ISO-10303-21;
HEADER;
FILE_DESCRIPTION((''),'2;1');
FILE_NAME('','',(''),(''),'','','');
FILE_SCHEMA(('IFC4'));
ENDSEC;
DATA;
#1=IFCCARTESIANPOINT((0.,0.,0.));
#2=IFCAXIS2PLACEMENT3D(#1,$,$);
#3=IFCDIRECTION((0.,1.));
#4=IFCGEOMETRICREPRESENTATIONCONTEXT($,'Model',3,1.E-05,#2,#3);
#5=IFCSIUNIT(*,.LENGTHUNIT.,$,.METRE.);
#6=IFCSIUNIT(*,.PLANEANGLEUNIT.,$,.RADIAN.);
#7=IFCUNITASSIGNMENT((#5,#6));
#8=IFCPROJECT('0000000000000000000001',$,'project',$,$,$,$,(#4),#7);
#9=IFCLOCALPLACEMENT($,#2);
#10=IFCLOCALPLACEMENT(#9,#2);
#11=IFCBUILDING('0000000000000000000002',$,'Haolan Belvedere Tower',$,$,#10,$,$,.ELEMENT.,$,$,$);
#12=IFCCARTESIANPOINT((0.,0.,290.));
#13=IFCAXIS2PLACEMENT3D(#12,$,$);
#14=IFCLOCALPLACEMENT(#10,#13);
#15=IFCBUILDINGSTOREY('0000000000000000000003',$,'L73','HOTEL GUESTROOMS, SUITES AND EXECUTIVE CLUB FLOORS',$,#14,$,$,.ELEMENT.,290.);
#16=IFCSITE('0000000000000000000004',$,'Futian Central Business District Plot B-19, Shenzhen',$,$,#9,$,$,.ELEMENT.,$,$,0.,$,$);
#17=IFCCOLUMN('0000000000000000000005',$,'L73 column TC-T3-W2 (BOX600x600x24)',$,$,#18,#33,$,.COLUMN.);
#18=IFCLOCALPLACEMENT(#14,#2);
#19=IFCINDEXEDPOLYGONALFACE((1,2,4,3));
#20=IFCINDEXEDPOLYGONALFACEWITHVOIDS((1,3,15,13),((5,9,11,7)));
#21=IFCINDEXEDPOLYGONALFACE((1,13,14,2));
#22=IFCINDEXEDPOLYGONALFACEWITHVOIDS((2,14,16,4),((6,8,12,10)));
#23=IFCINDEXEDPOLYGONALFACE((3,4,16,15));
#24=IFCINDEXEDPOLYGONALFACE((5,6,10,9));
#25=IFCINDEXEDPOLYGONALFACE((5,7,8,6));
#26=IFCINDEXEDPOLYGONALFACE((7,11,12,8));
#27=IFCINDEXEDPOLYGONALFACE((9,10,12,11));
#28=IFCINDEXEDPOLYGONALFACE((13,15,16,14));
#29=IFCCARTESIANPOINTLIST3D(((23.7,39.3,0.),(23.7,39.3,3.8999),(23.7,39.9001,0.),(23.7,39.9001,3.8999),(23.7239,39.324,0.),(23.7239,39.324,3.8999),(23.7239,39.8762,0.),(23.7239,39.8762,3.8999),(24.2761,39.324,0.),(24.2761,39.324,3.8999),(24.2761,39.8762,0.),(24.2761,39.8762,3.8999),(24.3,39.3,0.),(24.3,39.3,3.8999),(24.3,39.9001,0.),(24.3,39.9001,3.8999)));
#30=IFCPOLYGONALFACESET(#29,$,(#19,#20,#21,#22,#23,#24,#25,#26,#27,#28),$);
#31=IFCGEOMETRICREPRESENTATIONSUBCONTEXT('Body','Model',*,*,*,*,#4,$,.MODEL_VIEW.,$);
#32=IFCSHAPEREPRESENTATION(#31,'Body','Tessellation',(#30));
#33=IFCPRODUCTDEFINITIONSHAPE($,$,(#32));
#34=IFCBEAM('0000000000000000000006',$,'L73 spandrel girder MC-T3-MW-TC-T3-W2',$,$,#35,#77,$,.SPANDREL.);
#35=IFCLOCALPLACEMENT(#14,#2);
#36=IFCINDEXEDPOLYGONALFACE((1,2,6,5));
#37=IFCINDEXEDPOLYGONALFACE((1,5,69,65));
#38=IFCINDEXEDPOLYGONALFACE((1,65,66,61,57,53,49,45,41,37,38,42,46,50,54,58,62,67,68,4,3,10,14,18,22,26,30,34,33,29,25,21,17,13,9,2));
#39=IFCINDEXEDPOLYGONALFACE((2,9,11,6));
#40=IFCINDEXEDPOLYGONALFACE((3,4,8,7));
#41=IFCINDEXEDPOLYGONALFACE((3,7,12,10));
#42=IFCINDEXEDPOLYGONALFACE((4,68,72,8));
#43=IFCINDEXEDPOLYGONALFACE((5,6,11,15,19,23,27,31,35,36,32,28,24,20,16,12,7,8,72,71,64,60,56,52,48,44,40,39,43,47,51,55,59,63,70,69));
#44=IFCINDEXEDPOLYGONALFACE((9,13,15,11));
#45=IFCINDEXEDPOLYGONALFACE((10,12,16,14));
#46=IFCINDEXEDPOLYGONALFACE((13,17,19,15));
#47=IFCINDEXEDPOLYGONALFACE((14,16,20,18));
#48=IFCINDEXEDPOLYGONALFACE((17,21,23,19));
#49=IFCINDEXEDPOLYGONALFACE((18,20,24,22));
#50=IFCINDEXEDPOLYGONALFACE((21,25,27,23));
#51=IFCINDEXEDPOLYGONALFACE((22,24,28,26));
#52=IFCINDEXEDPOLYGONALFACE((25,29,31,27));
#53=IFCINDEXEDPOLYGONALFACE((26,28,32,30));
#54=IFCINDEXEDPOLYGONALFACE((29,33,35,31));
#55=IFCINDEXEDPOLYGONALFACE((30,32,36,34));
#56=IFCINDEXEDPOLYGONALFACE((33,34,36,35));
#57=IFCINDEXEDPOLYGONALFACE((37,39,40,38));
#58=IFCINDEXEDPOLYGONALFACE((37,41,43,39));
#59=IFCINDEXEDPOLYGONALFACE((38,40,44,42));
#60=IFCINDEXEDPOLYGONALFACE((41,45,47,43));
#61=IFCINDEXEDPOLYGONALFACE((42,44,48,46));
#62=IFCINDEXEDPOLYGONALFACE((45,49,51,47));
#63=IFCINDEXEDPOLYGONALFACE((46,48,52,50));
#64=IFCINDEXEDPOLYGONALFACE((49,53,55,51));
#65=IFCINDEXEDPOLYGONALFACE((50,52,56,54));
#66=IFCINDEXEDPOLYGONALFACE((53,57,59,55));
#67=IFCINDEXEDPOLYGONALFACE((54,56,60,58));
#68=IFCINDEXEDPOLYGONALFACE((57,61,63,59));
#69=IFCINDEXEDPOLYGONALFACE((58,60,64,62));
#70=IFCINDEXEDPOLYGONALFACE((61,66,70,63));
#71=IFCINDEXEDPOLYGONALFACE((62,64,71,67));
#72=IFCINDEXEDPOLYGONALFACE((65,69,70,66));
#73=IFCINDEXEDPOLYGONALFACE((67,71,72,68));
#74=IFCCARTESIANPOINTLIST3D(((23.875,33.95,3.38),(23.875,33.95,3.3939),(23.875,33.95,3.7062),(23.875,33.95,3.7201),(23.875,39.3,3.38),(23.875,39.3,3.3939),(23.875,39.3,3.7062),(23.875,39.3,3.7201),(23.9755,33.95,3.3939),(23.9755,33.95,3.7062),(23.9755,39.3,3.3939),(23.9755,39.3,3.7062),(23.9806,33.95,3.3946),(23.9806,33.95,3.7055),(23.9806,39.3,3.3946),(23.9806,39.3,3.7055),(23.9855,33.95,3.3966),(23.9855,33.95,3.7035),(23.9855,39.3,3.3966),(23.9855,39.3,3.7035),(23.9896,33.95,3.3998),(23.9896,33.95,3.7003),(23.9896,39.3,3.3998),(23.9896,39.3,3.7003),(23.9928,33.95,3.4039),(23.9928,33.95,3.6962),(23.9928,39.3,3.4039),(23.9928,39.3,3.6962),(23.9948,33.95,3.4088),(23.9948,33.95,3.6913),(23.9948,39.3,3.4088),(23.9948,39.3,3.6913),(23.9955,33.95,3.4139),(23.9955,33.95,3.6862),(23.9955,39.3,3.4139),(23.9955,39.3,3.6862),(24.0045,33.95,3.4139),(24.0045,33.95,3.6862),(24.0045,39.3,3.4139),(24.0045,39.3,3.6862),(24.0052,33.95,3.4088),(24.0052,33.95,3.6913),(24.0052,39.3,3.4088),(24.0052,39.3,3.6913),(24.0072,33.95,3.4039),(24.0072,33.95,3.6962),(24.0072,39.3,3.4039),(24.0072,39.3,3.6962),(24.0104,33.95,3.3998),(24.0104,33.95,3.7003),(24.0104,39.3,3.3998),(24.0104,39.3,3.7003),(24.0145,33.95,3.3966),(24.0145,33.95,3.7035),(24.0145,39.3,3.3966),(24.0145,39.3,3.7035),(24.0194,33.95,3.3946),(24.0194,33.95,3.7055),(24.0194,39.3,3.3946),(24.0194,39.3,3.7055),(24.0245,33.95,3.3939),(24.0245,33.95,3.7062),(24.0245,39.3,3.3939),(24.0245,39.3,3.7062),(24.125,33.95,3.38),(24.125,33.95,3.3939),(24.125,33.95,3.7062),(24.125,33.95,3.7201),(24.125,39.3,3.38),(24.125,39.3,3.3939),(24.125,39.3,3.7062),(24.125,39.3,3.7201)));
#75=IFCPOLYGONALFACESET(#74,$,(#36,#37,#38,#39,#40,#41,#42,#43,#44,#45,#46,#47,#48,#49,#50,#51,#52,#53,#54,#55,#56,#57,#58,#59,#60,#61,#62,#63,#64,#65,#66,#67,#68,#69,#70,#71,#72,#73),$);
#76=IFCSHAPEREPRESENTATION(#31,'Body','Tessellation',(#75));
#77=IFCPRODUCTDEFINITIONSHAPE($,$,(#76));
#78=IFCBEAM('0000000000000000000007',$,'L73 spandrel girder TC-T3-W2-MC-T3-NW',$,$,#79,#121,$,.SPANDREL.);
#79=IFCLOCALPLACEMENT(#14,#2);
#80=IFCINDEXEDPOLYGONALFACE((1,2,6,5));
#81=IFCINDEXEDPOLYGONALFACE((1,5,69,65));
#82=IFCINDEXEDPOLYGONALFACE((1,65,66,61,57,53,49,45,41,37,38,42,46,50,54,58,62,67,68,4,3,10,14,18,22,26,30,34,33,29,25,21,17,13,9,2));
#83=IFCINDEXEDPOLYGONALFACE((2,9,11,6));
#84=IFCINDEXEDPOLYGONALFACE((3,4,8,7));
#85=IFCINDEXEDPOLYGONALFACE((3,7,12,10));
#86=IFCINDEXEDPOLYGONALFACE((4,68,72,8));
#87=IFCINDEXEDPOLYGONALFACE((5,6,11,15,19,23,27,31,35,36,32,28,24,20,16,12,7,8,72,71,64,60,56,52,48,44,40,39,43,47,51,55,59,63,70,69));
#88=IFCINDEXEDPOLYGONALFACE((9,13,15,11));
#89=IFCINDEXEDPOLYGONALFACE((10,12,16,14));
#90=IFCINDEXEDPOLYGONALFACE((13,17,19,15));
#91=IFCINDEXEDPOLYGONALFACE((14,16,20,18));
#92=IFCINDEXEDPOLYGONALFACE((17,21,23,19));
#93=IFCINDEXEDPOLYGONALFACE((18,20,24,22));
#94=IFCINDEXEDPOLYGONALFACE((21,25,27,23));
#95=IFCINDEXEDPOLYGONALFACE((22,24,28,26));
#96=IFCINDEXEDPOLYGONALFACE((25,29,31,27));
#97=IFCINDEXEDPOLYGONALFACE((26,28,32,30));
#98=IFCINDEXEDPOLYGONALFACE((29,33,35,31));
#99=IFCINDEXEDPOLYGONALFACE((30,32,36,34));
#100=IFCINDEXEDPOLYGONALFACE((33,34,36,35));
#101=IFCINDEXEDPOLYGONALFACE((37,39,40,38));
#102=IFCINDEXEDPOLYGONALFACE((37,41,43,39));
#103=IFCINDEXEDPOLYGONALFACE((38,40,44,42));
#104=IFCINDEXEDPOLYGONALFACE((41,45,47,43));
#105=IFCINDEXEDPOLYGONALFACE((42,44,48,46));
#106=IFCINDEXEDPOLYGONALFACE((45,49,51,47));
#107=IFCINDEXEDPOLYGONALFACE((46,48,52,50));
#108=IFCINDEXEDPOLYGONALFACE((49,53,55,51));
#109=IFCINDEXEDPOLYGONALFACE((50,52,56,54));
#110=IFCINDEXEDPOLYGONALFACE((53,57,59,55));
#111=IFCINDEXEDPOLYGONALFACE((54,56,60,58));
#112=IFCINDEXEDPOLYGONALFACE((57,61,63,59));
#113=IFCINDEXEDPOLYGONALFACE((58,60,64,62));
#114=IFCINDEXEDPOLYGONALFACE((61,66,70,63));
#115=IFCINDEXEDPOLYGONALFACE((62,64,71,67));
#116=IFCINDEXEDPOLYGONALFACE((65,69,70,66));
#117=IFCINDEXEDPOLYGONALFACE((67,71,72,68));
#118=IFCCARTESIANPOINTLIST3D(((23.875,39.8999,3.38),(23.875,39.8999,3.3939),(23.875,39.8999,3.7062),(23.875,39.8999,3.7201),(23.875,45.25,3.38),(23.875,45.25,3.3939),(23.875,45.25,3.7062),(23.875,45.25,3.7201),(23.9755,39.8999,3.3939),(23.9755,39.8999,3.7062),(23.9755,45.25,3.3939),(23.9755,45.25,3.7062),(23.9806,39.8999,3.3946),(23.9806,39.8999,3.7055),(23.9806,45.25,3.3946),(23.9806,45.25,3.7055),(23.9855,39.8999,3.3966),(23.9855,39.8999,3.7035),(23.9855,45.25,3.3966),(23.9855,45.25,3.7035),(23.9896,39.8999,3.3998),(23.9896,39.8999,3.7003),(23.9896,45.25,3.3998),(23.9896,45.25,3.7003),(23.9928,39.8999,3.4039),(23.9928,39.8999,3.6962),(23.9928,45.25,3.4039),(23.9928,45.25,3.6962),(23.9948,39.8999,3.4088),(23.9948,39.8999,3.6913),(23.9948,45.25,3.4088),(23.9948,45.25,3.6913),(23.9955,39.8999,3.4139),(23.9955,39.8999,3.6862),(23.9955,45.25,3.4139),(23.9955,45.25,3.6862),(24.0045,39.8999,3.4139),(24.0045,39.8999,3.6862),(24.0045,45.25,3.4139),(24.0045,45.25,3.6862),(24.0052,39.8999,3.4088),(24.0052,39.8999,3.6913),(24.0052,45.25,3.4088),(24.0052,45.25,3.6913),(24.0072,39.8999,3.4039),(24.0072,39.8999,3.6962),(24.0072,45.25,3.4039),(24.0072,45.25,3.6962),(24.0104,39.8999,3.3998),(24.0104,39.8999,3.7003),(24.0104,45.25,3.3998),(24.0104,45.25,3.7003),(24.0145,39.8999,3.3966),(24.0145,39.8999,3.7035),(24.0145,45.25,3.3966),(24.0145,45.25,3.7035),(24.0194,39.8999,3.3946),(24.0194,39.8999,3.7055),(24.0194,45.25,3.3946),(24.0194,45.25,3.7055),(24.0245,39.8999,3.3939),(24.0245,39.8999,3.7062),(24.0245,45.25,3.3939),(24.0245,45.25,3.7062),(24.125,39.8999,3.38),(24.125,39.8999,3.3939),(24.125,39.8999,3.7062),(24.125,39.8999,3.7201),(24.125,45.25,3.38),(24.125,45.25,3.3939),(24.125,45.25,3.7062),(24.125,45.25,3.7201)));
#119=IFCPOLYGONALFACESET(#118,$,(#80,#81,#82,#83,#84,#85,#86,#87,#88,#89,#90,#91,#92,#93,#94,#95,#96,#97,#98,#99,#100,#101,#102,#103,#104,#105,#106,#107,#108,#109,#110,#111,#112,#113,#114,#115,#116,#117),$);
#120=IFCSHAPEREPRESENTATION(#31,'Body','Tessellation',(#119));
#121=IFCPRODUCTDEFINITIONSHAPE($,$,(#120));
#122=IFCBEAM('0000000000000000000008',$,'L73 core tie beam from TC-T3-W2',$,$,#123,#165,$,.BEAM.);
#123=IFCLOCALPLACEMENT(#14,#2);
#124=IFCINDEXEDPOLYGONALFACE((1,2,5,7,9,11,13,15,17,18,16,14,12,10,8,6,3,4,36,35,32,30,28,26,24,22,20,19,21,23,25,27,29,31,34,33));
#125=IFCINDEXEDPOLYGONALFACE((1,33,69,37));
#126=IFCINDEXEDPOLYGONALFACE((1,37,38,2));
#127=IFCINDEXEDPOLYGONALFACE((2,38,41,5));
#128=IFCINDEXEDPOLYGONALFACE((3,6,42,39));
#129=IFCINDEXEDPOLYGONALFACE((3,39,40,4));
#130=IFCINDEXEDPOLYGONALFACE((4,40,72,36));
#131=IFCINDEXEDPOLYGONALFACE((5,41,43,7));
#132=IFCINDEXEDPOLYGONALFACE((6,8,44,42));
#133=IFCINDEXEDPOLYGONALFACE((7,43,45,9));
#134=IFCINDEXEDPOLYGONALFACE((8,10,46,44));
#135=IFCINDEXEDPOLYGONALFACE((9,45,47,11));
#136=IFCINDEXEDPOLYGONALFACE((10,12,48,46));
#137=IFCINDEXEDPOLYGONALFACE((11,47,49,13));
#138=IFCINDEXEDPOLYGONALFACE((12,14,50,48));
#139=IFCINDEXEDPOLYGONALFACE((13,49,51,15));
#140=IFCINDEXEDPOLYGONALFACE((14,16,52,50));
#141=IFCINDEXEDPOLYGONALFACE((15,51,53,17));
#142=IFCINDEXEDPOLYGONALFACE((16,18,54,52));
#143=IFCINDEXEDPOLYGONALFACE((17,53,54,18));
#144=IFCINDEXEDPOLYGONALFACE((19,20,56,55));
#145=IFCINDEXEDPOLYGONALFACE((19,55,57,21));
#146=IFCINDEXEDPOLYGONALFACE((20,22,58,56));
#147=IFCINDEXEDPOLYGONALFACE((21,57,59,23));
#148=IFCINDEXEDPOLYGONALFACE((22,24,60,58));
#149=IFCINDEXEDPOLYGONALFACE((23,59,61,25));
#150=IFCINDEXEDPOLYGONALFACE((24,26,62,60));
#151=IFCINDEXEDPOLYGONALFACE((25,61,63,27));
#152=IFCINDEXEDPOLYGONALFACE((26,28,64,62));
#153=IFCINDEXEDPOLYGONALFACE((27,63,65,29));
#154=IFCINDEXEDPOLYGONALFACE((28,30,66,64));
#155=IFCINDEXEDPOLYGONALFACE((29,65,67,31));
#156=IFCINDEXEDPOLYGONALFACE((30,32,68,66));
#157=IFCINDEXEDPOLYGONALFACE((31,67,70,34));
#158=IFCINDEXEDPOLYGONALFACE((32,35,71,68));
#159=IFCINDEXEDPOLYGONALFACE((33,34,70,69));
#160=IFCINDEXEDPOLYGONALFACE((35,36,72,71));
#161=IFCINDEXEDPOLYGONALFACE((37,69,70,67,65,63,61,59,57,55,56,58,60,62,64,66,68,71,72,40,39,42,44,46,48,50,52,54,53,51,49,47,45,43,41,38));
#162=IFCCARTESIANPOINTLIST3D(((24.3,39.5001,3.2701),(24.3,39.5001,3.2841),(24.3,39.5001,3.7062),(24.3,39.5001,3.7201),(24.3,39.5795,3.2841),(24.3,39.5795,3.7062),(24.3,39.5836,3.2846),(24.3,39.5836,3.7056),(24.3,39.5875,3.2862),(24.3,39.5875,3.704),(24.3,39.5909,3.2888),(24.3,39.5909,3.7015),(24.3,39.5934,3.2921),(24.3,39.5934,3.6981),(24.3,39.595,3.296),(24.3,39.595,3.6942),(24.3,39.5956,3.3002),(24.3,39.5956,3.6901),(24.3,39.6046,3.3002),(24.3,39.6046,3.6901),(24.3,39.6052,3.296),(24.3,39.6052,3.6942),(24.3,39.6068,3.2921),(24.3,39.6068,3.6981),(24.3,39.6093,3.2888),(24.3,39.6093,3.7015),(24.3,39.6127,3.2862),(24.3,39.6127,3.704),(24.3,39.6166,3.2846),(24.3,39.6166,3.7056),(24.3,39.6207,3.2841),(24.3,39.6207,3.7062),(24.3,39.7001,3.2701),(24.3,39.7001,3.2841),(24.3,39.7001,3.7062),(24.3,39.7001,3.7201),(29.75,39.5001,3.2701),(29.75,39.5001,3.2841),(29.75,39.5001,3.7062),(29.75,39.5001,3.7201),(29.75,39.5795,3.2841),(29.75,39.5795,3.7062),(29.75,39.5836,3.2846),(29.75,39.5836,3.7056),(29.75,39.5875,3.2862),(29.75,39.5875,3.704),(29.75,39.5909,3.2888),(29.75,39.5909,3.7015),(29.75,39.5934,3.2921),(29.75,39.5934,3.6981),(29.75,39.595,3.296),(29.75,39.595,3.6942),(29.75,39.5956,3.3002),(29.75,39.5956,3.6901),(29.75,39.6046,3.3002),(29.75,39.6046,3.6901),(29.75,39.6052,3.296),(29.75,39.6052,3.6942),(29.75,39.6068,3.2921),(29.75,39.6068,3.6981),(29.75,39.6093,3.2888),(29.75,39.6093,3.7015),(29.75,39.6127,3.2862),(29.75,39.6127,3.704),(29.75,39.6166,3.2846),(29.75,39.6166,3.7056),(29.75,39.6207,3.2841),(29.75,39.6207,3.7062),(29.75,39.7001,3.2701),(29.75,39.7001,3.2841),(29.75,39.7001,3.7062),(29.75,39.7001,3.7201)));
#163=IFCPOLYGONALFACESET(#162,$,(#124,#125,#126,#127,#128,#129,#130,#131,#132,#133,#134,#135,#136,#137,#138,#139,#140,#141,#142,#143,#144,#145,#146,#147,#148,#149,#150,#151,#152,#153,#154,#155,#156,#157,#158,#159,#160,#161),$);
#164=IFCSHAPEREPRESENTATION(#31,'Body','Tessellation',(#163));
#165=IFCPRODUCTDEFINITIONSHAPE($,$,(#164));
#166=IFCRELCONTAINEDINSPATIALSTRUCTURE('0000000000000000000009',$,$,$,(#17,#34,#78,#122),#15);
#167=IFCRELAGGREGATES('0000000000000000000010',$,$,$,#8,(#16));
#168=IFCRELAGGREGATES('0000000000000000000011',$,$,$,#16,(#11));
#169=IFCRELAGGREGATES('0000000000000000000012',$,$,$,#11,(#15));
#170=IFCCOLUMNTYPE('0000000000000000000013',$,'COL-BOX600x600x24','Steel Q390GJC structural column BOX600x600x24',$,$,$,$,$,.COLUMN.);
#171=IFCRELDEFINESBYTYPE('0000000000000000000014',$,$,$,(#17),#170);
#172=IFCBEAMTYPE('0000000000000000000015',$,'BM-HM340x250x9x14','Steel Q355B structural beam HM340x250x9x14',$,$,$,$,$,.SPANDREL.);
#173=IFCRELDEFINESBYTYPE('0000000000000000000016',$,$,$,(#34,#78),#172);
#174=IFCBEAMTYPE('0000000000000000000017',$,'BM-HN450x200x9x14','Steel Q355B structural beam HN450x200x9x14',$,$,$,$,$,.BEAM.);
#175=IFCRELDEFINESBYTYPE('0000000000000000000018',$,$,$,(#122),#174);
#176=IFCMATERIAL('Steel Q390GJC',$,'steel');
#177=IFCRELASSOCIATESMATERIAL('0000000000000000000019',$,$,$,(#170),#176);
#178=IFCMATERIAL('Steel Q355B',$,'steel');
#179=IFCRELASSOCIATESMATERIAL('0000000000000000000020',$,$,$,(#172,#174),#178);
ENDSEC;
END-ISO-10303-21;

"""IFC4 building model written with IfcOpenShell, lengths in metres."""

from ifc_helpers import new_model, si_unit, direction, frame, origin, origin_2d, place, context, subcontext, project, spatial, hollow_rectangle, i_section, extrude, material, material_profile, profile_set, type_object, element, save


model = new_model("IFC4")

# Units and contexts
model_context = context("Model", 3, precision=1e-05, world=origin(), true_north=direction((0.0, 1.0)))
body_context = subcontext(model_context, "Body", "Model", "MODEL_VIEW")
ifc_project = project(units=[si_unit("LENGTHUNIT", "METRE"), si_unit("PLANEANGLEUNIT", "RADIAN")], contexts=[model_context])

# Site, building, storey
site_placement = place(None, origin())
site = spatial("IfcSite", under=ifc_project, at=site_placement, Name="Futian Central Business District Plot B-19, Shenzhen", CompositionType="ELEMENT", RefElevation=0.0)
building_placement = place(site_placement, origin())
building = spatial("IfcBuilding", under=site, at=building_placement, Name="Haolan Belvedere Tower", CompositionType="ELEMENT")
storey_placement = place(building_placement, frame((0.0, 0.0, 290.0)))
storey = spatial("IfcBuildingStorey", under=building, at=storey_placement, Name="L73", Description="HOTEL GUESTROOMS, SUITES AND EXECUTIVE CLUB FLOORS", CompositionType="ELEMENT", Elevation=290.0)

# Column
ifc_material_1 = material(Name="Steel Q390GJC", Category="steel")
ifc_material_profile_1 = material_profile(ifc_material_1, hollow_rectangle(XDim=0.6001, YDim=0.6001, WallThickness=0.0239, at=origin_2d()), Name="Steel Q390GJC")
ifc_profile_set_1 = profile_set([ifc_material_profile_1], Name="Steel Q390GJC")
column_type = type_object("IfcColumnType", Name="COL-BOX600x600x24", Description="Steel Q390GJC structural column BOX600x600x24", PredefinedType="COLUMN", material=ifc_profile_set_1)
column_placement = place(storey_placement, frame((24.0, 39.6001, 0.0), z_axis=(0.0, 0.0, 1.0), x_axis=(1.0, 0.0, 0.0)))
element("IfcColumn", 1, at=column_placement, inside=storey, type_object=column_type, Name="L73 column TC-T3-W2 (BOX600x600x24)", PredefinedType="COLUMN", context=body_context, shape_type="SweptSolid", body=[
    extrude(hollow_rectangle(XDim=0.6001, YDim=0.6001, WallThickness=0.0239, at=origin_2d()), origin(), (0.0, 0.0, 1.0), 3.8999),
])

# Beams
ifc_material_2 = material(Name="Steel Q355B", Category="steel")
ifc_material_profile_2 = material_profile(ifc_material_2, i_section(OverallWidth=0.25, OverallDepth=0.3401, WebThickness=0.009, FlangeThickness=0.0139, FilletRadius=0.02, at=origin_2d()), Name="Steel Q355B")
ifc_profile_set_2 = profile_set([ifc_material_profile_2], Name="Steel Q355B")
beam_type_1 = type_object("IfcBeamType", Name="BM-HM340x250x9x14", Description="Steel Q355B structural beam HM340x250x9x14", PredefinedType="SPANDREL", material=ifc_profile_set_2)
for number, where, z_axis, x_axis, name in (
    (2, (24.0, 33.95, 3.55), (0.0, 1.0, 0.0), (-1.0, 0.0, 0.0), "L73 spandrel girder MC-T3-MW-TC-T3-W2"),
    (3, (24.0, 39.8999, 3.55), (0.0, 1.0, 0.0), (-1.0, 0.0, 0.0), "L73 spandrel girder TC-T3-W2-MC-T3-NW"),
):
    element("IfcBeam", number, at=place(storey_placement, frame(where, z_axis=z_axis, x_axis=x_axis)), inside=storey, type_object=beam_type_1, Name=name, PredefinedType="SPANDREL", context=body_context, shape_type="SweptSolid", body=[
        extrude(i_section(OverallWidth=0.25, OverallDepth=0.3401, WebThickness=0.009, FlangeThickness=0.0139, FilletRadius=0.02, at=origin_2d()), origin(), (0.0, 0.0, 1.0), 5.3501),
    ])
ifc_material_profile_3 = material_profile(ifc_material_2, i_section(OverallWidth=0.2, OverallDepth=0.45, WebThickness=0.009, FlangeThickness=0.0139, FilletRadius=0.0161, at=origin_2d()), Name="Steel Q355B")
ifc_profile_set_3 = profile_set([ifc_material_profile_3], Name="Steel Q355B")
beam_type_2 = type_object("IfcBeamType", Name="BM-HN450x200x9x14", Description="Steel Q355B structural beam HN450x200x9x14", PredefinedType="BEAM", material=ifc_profile_set_3)
beam_placement = place(storey_placement, frame((24.3, 39.6001, 3.4951), z_axis=(1.0, 0.0, 0.0), x_axis=(0.0, 1.0, 0.0)))
element("IfcBeam", 4, at=beam_placement, inside=storey, type_object=beam_type_2, Name="L73 core tie beam from TC-T3-W2", PredefinedType="BEAM", context=body_context, shape_type="SweptSolid", body=[
    extrude(i_section(OverallWidth=0.2, OverallDepth=0.45, WebThickness=0.009, FlangeThickness=0.0139, FilletRadius=0.0161, at=origin_2d()), origin(), (0.0, 0.0, 1.0), 5.45),
])

save(model, "model.ifc")
